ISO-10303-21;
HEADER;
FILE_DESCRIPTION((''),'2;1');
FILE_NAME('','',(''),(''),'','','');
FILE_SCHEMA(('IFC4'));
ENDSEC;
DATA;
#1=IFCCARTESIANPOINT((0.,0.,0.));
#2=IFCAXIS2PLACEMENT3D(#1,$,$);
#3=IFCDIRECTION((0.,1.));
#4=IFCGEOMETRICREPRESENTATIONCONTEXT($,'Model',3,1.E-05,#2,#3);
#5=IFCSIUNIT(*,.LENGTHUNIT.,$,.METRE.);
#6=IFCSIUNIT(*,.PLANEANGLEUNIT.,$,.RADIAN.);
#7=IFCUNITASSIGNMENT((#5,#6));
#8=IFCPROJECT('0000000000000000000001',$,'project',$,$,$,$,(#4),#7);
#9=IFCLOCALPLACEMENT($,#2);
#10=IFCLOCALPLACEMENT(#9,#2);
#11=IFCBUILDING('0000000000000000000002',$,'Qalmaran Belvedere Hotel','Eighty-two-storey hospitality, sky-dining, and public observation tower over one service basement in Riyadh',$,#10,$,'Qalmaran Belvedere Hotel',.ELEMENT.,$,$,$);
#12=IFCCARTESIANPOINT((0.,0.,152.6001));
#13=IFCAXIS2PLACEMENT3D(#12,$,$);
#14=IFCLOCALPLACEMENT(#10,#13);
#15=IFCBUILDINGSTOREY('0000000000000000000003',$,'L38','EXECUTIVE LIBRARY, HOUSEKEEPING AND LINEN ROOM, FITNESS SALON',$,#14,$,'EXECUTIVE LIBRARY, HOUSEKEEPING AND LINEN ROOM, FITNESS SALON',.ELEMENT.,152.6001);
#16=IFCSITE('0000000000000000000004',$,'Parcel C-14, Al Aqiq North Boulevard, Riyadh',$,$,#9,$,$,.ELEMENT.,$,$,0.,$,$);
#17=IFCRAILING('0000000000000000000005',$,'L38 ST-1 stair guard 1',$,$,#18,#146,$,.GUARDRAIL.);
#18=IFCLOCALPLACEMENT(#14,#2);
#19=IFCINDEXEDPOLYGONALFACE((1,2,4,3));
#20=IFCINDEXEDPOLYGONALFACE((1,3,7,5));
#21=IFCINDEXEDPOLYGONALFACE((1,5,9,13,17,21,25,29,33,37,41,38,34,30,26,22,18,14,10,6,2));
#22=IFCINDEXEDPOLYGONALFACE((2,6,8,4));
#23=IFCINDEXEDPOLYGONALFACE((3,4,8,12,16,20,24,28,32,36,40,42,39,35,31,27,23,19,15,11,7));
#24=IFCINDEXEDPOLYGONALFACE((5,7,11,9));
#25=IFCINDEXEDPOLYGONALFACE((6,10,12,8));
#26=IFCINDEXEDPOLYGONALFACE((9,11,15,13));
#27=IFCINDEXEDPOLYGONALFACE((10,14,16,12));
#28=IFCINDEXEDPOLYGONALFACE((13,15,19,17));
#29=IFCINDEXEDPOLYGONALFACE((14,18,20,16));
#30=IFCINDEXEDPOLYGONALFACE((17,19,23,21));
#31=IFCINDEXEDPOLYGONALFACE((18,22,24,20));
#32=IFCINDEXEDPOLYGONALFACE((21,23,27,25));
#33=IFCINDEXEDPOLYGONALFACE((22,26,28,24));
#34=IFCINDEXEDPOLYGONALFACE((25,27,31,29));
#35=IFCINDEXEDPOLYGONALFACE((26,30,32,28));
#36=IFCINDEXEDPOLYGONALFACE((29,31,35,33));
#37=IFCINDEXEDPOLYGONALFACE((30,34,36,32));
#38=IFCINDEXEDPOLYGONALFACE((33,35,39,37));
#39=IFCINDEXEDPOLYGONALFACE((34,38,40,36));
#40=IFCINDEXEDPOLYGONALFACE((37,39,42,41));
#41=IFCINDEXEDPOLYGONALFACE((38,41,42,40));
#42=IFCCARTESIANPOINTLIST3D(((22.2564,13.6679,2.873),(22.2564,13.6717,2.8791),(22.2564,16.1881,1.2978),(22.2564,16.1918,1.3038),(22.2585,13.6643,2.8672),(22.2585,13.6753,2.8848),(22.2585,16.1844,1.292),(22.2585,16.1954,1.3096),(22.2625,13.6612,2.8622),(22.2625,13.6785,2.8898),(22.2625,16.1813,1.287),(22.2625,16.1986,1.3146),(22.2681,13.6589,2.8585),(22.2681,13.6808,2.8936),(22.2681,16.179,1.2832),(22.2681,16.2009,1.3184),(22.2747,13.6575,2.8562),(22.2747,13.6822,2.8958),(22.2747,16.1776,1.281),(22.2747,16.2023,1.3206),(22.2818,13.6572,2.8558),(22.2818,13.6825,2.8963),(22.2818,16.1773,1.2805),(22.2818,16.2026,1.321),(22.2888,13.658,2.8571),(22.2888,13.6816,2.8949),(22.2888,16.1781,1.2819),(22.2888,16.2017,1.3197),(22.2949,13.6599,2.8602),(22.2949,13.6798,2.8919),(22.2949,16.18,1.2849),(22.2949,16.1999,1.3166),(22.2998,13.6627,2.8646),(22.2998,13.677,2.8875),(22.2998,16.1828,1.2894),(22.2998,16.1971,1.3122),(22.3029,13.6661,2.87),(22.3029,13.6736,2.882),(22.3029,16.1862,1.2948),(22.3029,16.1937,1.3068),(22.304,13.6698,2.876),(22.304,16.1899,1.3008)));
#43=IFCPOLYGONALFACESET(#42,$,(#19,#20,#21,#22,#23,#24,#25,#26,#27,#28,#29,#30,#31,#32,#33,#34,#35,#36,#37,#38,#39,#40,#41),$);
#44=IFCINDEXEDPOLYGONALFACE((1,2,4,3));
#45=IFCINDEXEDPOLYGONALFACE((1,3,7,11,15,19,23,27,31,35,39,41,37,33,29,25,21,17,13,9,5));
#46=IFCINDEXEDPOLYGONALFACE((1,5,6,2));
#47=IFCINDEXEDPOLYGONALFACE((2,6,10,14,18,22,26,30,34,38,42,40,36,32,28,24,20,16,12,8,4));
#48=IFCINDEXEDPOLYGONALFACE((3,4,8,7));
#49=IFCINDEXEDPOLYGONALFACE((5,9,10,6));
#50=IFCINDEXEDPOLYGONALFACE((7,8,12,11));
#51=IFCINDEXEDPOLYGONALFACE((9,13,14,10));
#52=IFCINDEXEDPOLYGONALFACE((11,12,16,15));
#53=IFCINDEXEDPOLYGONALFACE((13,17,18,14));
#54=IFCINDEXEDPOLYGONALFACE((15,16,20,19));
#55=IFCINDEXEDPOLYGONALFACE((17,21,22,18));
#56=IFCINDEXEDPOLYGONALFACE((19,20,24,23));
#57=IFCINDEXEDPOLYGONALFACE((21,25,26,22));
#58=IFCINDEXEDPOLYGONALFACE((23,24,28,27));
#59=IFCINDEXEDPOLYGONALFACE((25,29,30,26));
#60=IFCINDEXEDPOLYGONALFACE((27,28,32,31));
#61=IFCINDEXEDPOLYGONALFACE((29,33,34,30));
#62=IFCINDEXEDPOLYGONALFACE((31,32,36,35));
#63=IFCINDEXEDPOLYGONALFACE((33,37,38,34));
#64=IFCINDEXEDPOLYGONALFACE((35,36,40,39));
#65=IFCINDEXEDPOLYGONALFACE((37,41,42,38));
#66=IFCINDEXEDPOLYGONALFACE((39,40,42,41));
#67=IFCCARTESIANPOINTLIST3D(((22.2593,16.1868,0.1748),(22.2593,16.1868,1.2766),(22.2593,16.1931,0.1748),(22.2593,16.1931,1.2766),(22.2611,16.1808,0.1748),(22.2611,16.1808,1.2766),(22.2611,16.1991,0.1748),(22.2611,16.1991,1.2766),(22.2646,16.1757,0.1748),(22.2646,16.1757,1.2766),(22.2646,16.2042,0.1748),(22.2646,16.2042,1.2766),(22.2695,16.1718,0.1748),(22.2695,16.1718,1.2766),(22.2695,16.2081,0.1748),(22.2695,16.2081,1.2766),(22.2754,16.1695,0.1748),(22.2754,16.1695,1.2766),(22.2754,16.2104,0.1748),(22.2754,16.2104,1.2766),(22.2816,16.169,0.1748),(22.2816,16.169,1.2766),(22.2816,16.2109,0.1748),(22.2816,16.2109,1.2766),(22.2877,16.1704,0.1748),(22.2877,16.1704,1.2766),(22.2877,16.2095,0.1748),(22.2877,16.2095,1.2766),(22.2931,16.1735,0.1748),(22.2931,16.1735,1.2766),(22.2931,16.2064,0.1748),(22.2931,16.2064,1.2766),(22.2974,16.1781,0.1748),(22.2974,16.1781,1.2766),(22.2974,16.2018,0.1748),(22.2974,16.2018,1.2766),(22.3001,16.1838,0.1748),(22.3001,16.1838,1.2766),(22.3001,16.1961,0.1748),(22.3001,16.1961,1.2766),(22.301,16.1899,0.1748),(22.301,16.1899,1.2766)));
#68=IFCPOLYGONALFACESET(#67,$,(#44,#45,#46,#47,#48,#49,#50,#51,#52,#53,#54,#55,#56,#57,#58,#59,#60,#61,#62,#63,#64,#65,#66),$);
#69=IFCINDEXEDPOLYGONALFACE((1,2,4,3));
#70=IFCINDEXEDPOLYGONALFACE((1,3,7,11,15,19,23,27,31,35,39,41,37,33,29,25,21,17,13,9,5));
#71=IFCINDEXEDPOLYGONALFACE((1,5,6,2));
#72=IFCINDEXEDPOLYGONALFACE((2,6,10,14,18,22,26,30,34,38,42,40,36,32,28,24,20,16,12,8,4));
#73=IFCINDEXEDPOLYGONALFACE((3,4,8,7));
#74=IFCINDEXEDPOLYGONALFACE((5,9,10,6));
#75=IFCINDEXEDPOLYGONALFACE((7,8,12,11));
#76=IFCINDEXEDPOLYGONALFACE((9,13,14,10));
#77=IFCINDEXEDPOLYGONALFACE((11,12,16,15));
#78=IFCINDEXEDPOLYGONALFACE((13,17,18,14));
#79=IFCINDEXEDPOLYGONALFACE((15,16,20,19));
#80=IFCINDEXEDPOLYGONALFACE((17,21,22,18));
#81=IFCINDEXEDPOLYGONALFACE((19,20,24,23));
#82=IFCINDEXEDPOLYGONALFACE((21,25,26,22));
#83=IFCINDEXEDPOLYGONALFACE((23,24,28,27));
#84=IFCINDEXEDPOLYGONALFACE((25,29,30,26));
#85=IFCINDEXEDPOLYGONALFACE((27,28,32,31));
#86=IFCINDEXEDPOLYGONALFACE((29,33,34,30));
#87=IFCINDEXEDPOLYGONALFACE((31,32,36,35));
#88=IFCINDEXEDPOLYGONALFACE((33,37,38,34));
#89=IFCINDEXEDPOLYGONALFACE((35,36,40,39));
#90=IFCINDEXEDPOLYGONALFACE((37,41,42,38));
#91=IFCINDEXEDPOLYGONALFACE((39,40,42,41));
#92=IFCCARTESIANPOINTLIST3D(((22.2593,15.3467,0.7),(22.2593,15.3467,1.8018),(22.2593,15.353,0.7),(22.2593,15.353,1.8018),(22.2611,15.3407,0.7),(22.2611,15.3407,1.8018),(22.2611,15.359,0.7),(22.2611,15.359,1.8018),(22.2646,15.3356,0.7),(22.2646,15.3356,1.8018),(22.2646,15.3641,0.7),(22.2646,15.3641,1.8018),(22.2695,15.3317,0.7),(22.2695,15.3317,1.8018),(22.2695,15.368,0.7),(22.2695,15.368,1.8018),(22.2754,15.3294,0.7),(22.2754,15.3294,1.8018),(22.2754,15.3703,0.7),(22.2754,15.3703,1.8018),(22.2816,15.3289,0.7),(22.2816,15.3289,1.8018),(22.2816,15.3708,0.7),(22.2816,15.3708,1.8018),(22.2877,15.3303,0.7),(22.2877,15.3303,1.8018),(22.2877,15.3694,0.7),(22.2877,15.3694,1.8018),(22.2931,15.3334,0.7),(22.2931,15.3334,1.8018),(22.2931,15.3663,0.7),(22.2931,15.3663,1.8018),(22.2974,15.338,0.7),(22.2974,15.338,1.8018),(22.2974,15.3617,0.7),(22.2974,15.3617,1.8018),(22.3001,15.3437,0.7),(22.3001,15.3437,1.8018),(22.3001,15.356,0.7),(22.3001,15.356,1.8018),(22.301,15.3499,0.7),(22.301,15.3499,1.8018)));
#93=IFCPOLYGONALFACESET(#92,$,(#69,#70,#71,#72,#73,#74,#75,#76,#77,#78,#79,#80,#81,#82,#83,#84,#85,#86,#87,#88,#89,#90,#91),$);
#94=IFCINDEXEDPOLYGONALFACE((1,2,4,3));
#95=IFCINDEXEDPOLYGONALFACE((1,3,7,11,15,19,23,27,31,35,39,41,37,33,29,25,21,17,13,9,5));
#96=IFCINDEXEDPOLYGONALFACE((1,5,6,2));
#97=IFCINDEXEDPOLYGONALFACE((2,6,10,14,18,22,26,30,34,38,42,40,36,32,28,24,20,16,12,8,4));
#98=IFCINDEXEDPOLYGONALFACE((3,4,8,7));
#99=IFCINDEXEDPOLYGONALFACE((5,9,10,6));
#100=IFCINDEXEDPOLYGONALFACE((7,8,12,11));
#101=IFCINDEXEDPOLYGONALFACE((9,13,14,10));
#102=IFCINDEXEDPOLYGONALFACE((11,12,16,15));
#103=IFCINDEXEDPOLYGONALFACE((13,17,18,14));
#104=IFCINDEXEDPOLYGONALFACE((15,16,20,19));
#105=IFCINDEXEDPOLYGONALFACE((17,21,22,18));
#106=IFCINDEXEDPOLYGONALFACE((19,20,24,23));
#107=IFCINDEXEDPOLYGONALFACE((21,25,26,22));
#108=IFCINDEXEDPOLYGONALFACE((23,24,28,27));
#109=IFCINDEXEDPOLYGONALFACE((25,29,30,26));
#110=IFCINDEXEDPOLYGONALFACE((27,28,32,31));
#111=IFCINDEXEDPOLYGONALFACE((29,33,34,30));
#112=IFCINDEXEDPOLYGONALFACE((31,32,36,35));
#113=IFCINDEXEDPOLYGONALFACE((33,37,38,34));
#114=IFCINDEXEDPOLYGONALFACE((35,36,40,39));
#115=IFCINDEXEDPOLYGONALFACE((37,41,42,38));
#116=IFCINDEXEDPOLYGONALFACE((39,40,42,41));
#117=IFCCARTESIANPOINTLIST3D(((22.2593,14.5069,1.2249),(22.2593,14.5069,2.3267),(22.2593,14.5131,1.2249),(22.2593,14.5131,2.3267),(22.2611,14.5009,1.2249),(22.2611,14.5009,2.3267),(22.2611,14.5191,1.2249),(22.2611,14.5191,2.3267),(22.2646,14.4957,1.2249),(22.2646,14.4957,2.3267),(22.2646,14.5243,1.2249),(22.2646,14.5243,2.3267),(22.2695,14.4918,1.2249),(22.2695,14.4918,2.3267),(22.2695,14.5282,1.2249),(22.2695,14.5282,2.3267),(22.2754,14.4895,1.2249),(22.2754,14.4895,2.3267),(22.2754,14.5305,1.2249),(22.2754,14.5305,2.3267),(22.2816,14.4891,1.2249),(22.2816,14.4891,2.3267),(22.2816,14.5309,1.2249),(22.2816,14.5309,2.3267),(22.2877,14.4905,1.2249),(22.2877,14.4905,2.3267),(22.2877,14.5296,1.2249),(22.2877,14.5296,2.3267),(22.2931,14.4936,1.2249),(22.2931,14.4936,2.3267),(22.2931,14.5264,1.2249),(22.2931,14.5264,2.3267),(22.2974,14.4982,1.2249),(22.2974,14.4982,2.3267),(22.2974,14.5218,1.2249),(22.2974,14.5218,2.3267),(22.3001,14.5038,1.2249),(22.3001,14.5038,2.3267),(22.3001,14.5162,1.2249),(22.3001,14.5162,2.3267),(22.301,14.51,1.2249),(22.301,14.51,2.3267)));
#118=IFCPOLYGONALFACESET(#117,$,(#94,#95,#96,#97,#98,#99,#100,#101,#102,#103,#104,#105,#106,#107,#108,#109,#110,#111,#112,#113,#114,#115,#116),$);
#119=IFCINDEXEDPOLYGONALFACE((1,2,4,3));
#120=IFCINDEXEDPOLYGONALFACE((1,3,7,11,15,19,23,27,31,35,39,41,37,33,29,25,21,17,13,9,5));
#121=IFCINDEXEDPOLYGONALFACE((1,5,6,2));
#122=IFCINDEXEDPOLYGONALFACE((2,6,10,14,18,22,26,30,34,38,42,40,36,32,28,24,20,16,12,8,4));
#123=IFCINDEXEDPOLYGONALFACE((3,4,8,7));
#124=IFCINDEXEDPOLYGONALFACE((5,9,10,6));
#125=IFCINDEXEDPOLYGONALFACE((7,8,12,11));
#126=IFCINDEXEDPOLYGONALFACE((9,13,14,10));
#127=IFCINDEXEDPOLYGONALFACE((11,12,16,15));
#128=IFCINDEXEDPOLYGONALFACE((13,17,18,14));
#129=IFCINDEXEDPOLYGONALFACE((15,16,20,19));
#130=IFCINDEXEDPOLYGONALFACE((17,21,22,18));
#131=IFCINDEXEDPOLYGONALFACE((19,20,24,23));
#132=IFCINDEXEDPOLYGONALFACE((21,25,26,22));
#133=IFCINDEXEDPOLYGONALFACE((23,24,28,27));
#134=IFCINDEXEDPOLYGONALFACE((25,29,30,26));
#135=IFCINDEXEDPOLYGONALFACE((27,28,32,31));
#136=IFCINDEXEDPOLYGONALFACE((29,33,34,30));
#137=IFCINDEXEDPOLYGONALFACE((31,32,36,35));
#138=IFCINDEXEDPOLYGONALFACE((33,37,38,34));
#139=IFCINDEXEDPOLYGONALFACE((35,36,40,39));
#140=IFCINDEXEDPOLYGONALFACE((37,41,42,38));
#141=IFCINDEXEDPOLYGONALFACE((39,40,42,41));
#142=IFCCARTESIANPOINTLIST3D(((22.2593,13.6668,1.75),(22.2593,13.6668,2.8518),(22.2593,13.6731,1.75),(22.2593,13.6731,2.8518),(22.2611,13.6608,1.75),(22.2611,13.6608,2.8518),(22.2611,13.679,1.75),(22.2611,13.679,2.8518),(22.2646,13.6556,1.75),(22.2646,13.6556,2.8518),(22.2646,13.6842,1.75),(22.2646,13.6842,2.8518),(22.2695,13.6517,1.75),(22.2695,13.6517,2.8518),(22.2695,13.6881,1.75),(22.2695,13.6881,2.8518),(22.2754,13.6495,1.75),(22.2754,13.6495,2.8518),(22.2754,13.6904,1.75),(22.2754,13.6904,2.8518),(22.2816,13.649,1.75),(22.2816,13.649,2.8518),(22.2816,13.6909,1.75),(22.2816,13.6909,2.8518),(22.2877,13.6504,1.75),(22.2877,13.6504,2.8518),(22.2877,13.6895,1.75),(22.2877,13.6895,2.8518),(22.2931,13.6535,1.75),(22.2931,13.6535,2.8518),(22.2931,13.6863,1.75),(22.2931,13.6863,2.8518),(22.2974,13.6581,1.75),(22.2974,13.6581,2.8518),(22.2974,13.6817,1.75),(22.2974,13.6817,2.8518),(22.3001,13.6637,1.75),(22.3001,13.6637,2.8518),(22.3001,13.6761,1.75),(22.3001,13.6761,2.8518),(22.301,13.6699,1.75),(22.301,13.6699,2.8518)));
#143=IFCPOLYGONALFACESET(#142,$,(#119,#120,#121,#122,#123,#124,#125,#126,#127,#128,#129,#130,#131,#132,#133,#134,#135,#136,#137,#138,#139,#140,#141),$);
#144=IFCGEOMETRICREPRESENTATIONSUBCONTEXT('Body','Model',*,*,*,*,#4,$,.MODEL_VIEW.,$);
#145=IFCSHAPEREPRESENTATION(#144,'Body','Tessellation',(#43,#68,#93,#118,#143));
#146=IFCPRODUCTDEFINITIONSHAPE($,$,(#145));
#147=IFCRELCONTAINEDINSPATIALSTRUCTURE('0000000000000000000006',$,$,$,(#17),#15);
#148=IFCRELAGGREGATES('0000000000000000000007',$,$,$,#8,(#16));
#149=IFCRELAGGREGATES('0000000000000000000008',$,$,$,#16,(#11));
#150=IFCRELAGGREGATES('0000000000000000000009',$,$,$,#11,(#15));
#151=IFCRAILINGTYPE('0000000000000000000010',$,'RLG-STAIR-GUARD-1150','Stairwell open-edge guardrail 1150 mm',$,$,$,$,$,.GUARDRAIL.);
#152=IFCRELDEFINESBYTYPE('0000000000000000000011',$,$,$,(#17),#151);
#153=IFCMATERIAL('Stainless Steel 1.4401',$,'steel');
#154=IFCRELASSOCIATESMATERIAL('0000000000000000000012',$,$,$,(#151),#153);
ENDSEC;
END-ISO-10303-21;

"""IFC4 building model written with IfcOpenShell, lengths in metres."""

from ifc_helpers import new_model, si_unit, direction, frame, origin, origin_2d, place, context, subcontext, project, spatial, circle, extrude, material, type_object, element, save


model = new_model("IFC4")

# Units and contexts
model_context = context("Model", 3, precision=1e-05, world=origin(), true_north=direction((0.0, 1.0)))
body_context = subcontext(model_context, "Body", "Model", "MODEL_VIEW")
ifc_project = project(units=[si_unit("LENGTHUNIT", "METRE"), si_unit("PLANEANGLEUNIT", "RADIAN")], contexts=[model_context])

# Site, building, storey
site_placement = place(None, origin())
site = spatial("IfcSite", under=ifc_project, at=site_placement, Name="Parcel C-14, Al Aqiq North Boulevard, Riyadh", CompositionType="ELEMENT", RefElevation=0.0)
building_placement = place(site_placement, origin())
building = spatial("IfcBuilding", under=site, at=building_placement, Name="Qalmaran Belvedere Hotel", Description="Eighty-two-storey hospitality, sky-dining, and public observation tower over one service basement in Riyadh", LongName="Qalmaran Belvedere Hotel", CompositionType="ELEMENT")
storey_placement = place(building_placement, frame((0.0, 0.0, 152.6001)))
storey = spatial("IfcBuildingStorey", under=building, at=storey_placement, Name="L38", Description="EXECUTIVE LIBRARY, HOUSEKEEPING AND LINEN ROOM, FITNESS SALON", LongName="EXECUTIVE LIBRARY, HOUSEKEEPING AND LINEN ROOM, FITNESS SALON", CompositionType="ELEMENT", Elevation=152.6001)

# Shared definitions
ifc_material_1 = material(Name="Stainless Steel 1.4401", Category="steel")

# Railing
railing_type_1 = type_object("IfcRailingType", Name="RLG-STAIR-GUARD-1150", Description="Stairwell open-edge guardrail 1150 mm", PredefinedType="GUARDRAIL", material=ifc_material_1)
railing_1_placement = place(storey_placement, frame((22.28, 16.1899, 0.1748)))
element("IfcRailing", 1, at=railing_1_placement, inside=storey, type_object=railing_type_1, Name="L38 ST-1 stair guard 1", PredefinedType="GUARDRAIL", context=body_context, shape_type="SweptSolid", body=[
    extrude(circle(Radius=0.0239, at=origin_2d()), frame((0.0, 0.0, 1.126), z_axis=(0.0, -0.847971, 0.530043), x_axis=(1.0, 0.0, 0.0)), (0.0, 0.0, 1.0), 2.9719),
    extrude(circle(Radius=0.021, at=origin_2d()), origin(), (0.0, 0.0, 1.0), 1.1018),
    extrude(circle(Radius=0.021, at=origin_2d()), frame((0.0, -0.8401, 0.5251)), (0.0, 0.0, 1.0), 1.1018),
    extrude(circle(Radius=0.021, at=origin_2d()), frame((0.0, -1.6799, 1.05)), (0.0, 0.0, 1.0), 1.1018),
    extrude(circle(Radius=0.021, at=origin_2d()), frame((0.0, -2.52, 1.5752)), (0.0, 0.0, 1.0), 1.1018),
])

save(model, "model.ifc")
